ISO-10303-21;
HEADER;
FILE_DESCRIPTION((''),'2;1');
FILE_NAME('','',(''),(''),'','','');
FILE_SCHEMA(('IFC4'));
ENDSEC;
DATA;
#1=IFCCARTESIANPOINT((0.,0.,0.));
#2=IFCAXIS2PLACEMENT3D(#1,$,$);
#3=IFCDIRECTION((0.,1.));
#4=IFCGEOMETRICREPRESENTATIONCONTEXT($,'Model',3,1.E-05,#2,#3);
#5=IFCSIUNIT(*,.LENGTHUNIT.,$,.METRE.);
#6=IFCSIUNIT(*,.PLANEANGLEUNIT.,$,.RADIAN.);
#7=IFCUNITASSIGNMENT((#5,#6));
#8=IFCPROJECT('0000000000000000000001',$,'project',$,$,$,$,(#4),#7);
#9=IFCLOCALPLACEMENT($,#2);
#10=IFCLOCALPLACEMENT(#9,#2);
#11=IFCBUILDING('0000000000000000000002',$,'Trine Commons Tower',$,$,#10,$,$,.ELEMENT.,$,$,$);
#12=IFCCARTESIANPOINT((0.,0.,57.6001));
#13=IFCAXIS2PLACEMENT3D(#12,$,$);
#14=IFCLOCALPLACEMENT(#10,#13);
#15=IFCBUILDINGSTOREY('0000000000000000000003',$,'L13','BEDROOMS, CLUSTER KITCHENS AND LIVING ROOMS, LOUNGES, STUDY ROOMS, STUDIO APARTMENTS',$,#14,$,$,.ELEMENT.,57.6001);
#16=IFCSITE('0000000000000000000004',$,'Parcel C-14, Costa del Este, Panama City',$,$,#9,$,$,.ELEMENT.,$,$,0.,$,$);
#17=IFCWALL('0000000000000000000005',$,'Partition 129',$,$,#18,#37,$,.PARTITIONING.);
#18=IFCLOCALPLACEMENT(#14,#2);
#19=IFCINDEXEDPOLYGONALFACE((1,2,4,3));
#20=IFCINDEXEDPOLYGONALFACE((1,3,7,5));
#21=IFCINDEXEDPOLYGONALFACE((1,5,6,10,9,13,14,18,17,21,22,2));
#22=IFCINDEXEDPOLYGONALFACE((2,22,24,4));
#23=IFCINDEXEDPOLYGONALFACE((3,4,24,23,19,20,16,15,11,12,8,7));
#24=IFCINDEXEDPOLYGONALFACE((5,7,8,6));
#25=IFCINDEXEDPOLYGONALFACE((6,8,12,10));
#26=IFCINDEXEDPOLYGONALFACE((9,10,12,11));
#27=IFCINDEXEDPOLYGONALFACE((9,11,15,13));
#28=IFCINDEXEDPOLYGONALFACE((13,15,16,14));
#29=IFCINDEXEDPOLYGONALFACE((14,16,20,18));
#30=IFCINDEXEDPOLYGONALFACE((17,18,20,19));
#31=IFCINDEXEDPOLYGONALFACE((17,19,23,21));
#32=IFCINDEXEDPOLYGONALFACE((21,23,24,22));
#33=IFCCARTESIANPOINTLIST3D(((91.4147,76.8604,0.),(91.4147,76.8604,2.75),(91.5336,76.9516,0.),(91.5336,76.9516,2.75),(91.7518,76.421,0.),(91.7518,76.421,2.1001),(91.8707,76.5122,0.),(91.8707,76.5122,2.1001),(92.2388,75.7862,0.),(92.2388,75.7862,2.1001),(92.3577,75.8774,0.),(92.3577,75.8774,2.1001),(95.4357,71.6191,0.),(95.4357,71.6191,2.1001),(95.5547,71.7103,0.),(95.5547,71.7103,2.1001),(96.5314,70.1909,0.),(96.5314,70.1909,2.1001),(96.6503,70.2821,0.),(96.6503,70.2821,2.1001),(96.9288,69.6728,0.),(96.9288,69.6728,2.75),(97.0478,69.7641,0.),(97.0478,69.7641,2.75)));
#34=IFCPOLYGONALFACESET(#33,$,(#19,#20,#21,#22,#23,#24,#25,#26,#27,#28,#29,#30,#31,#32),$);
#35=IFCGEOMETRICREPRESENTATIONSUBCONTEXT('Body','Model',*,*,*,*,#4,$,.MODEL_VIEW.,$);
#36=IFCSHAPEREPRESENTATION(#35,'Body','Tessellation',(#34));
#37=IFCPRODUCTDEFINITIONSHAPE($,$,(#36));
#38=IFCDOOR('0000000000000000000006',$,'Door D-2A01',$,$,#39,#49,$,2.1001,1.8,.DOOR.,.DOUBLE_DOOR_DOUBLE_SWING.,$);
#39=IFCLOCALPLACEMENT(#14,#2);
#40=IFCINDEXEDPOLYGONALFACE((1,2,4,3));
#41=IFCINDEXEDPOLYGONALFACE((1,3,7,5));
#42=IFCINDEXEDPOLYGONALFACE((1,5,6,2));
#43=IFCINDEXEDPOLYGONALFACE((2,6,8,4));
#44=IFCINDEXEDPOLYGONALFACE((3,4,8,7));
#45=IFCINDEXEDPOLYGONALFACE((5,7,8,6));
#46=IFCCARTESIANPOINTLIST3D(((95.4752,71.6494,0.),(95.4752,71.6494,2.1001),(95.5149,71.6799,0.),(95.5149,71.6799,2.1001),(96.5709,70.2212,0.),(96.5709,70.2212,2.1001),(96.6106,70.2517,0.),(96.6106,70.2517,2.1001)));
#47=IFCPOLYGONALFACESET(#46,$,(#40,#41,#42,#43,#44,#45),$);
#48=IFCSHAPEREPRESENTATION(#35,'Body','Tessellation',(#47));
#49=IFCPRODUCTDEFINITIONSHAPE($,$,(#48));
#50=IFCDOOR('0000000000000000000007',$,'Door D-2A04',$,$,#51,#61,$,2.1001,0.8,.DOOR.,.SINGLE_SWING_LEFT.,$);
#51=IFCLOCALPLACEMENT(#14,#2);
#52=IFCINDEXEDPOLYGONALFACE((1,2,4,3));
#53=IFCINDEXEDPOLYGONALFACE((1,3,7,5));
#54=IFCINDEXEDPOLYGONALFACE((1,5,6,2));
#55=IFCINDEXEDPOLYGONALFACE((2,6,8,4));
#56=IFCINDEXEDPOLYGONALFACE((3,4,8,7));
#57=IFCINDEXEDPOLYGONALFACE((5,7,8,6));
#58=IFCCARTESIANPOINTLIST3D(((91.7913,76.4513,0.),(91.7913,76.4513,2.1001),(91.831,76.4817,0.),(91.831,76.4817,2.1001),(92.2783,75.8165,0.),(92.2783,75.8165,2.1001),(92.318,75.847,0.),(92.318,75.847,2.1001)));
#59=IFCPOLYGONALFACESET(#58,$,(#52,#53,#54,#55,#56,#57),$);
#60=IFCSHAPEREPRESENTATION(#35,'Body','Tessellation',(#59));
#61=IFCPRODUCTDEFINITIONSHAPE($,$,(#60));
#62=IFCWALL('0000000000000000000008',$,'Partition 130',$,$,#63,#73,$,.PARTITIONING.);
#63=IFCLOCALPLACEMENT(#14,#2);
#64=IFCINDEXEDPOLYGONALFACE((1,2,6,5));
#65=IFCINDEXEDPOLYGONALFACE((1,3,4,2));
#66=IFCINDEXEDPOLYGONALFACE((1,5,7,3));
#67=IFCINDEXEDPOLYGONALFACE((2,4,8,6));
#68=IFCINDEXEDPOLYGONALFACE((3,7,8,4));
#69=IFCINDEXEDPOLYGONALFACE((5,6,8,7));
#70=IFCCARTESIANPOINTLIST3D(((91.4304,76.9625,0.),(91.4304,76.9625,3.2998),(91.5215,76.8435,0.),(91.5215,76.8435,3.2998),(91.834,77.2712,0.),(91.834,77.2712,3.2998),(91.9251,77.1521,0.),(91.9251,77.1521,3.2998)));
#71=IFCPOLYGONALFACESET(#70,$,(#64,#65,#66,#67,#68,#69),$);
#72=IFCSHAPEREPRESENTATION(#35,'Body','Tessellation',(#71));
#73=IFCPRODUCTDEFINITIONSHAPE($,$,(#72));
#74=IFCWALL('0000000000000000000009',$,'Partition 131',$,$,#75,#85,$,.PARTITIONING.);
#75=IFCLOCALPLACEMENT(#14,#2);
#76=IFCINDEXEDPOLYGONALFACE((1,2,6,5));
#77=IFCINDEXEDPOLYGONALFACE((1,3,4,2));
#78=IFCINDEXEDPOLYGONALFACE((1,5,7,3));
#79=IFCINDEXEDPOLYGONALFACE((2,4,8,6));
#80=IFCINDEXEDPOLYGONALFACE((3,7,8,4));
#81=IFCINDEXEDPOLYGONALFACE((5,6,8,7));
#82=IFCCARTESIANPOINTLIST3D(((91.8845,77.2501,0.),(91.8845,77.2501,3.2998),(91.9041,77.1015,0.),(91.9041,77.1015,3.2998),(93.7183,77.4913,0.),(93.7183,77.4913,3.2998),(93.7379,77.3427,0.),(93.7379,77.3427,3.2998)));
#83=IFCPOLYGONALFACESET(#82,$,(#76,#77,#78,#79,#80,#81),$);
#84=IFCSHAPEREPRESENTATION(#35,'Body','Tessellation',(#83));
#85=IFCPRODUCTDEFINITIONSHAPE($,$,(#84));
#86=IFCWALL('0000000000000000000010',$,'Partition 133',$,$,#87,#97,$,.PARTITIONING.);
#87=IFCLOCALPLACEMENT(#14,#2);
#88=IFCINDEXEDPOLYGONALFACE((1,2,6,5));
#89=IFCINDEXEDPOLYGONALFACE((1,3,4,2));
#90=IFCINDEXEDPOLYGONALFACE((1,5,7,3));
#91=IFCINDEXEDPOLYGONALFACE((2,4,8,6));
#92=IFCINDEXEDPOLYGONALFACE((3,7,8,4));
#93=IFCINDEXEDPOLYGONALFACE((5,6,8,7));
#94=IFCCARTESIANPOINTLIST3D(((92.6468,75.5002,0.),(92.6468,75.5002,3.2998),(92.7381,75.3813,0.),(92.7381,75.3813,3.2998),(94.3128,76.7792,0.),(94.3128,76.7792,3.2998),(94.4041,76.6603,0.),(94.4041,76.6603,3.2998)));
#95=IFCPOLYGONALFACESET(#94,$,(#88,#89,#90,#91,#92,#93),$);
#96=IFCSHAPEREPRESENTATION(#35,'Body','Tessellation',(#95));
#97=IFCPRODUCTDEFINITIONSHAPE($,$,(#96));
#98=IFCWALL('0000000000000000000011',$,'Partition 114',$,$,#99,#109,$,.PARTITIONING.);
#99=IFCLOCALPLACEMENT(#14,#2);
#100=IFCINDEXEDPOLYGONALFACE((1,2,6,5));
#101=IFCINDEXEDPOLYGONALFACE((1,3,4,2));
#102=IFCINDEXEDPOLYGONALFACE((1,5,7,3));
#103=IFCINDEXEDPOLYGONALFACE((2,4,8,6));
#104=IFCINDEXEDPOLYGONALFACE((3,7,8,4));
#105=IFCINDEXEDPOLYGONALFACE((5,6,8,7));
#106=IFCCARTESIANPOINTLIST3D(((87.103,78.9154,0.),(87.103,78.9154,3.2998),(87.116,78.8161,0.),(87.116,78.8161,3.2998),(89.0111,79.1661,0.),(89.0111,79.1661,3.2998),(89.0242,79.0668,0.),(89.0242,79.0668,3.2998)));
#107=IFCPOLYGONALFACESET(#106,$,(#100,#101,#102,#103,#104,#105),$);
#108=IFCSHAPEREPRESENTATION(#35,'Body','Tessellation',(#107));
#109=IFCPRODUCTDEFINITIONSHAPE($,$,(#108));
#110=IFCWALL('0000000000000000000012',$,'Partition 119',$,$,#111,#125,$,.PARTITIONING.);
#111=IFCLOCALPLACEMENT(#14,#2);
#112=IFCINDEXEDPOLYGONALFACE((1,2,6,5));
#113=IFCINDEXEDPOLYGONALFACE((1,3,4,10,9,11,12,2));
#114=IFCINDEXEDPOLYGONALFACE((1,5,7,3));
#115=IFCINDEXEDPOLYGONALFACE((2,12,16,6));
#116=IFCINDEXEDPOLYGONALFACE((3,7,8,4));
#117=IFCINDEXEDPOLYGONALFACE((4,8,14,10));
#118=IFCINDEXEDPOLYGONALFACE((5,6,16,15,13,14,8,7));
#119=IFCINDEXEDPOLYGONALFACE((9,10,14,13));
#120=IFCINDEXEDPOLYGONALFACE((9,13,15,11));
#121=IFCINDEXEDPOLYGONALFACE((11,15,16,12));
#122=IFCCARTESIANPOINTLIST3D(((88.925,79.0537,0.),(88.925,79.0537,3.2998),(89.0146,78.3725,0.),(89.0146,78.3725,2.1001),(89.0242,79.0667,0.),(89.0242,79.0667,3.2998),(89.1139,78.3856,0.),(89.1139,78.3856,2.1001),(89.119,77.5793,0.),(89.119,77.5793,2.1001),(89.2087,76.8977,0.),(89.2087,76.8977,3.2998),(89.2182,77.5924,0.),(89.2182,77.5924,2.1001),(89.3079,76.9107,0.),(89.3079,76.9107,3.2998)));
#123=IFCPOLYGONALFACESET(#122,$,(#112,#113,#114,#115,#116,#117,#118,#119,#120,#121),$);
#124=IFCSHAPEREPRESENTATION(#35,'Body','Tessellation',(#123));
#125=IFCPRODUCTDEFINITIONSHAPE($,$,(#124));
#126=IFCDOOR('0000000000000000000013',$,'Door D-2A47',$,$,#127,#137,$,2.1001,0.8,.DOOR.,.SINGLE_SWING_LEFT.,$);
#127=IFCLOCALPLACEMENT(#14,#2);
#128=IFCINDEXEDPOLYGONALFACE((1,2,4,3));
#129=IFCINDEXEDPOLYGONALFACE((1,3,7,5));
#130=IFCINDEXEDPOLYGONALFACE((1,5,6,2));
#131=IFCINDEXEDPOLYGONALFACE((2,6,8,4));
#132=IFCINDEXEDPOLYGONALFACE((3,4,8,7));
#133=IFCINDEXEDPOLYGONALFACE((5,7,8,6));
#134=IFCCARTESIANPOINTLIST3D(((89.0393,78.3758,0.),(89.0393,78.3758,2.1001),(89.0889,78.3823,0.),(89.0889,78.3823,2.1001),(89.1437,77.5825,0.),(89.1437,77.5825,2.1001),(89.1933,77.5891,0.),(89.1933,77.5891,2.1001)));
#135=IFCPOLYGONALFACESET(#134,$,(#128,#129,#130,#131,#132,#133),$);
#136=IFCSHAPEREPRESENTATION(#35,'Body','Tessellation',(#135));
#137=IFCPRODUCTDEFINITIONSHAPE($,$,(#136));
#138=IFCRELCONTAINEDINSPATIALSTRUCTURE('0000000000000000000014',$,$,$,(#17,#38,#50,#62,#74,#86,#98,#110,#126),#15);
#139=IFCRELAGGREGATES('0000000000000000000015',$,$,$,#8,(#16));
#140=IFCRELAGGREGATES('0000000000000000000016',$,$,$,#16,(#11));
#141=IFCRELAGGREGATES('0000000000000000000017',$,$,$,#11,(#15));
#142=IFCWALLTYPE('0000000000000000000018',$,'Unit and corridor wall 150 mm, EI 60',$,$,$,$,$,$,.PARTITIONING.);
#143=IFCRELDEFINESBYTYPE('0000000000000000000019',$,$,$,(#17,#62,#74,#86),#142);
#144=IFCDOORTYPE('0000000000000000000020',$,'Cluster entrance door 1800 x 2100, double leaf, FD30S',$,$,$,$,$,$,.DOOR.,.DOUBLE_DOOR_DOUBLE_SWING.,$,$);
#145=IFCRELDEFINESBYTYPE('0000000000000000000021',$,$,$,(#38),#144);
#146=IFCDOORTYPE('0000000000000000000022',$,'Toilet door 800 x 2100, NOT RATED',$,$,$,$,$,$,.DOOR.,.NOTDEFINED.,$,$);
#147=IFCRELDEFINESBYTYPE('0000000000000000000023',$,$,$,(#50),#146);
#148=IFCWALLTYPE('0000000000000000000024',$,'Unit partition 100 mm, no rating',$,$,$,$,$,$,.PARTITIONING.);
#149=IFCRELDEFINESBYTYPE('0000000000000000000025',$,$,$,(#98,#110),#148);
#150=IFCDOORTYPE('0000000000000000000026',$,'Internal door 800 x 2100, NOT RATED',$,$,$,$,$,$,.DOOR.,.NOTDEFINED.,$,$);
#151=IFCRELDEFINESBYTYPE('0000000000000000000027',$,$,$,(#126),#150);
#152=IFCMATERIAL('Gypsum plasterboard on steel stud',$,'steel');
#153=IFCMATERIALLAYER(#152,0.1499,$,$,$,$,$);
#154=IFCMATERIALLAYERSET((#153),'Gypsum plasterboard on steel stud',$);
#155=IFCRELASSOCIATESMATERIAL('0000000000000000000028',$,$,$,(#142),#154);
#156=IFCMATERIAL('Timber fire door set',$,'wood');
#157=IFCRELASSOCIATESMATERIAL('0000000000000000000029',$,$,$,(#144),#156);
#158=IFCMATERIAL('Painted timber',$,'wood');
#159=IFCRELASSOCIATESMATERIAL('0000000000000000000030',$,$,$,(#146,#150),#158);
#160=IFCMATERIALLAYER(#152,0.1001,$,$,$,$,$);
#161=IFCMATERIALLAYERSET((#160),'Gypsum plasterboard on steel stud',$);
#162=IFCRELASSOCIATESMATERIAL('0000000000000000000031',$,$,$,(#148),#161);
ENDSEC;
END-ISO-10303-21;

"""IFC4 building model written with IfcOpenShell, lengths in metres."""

from ifc_helpers import new_model, si_unit, direction, frame, frame_2d, origin, place, context, subcontext, project, spatial, rectangle, extrude, material, layer, layer_set, type_object, element, fill, save


model = new_model("IFC4")

# Units and contexts
model_context = context("Model", 3, precision=1e-05, world=origin(), true_north=direction((0.0, 1.0)))
body_context = subcontext(model_context, "Body", "Model", "MODEL_VIEW")
ifc_project = project(units=[si_unit("LENGTHUNIT", "METRE"), si_unit("PLANEANGLEUNIT", "RADIAN")], contexts=[model_context])

# Site, building, storey
site_placement = place(None, origin())
site = spatial("IfcSite", under=ifc_project, at=site_placement, Name="Parcel C-14, Costa del Este, Panama City", CompositionType="ELEMENT", RefElevation=0.0)
building_placement = place(site_placement, origin())
building = spatial("IfcBuilding", under=site, at=building_placement, Name="Trine Commons Tower", CompositionType="ELEMENT")
storey_placement = place(building_placement, frame((0.0, 0.0, 57.6001)))
storey = spatial("IfcBuildingStorey", under=building, at=storey_placement, Name="L13", Description="BEDROOMS, CLUSTER KITCHENS AND LIVING ROOMS, LOUNGES, STUDY ROOMS, STUDIO APARTMENTS", CompositionType="ELEMENT", Elevation=57.6001)

# Shared definitions
ifc_material_1 = material(Name="Gypsum plasterboard on steel stud", Category="steel")
ifc_layer_1 = layer(ifc_material_1, 0.1499)
ifc_layer_set_1 = layer_set([ifc_layer_1], Name="Gypsum plasterboard on steel stud")
wall_type_1 = type_object("IfcWallType", Name="Unit and corridor wall 150 mm, EI 60", PredefinedType="PARTITIONING", material=ifc_layer_set_1)

# Shared definitions
ifc_material_2 = material(Name="Timber fire door set", Category="wood")

# Wall, openings, doors
wall_1_placement = place(storey_placement, frame((91.4741, 76.906, 0.0), z_axis=(0.0, 0.0, 1.0), x_axis=(0.608692, -0.793407, 0.0)))
wall_1 = element("IfcWall", 1, at=wall_1_placement, inside=storey, type_object=wall_type_1, Name="Partition 129", PredefinedType="PARTITIONING", context=body_context, shape_type="SweptSolid", body=[
    extrude(rectangle(XDim=9.0591, YDim=0.1499, at=frame_2d((4.5295, 0.0))), origin(), (0.0, 0.0, 1.0), 2.75),
])
opening_1_placement = place(wall_1_placement, frame((6.6062, 0.0, 0.0)))
opening_1 = element("IfcOpeningElement", 2, at=opening_1_placement, cuts=wall_1, PredefinedType="OPENING", context=body_context, shape_type="SweptSolid", body=[
    extrude(rectangle(XDim=1.8, YDim=2.1001, at=frame_2d((0.8999, 1.05))), frame((0.0, 0.085, 0.0), z_axis=(0.0, -1.0, 0.0), x_axis=(1.0, 0.0, 0.0)), (0.0, 0.0, 1.0), 0.1699),
])
opening_2_placement = place(wall_1_placement, frame((0.554, 0.0, 0.0)))
opening_2 = element("IfcOpeningElement", 3, at=opening_2_placement, cuts=wall_1, PredefinedType="OPENING", context=body_context, shape_type="SweptSolid", body=[
    extrude(rectangle(XDim=0.8, YDim=2.1001, at=frame_2d((0.3999, 1.05))), frame((0.0, 0.085, 0.0), z_axis=(0.0, -1.0, 0.0), x_axis=(1.0, 0.0, 0.0)), (0.0, 0.0, 1.0), 0.1699),
])
door_type_1 = type_object("IfcDoorType", Name="Cluster entrance door 1800 x 2100, double leaf, FD30S", OperationType="DOUBLE_DOOR_DOUBLE_SWING", PredefinedType="DOOR", material=ifc_material_2)
door_1_placement = place(opening_1_placement, origin())
door_1 = element("IfcDoor", 4, at=door_1_placement, inside=storey, type_object=door_type_1, Name="Door D-2A01", OperationType="DOUBLE_DOOR_DOUBLE_SWING", OverallHeight=2.1001, OverallWidth=1.8, PredefinedType="DOOR", context=body_context, shape_type="SweptSolid", body=[
    extrude(rectangle(XDim=1.8, YDim=2.1001, at=frame_2d((0.8999, 1.05))), frame((0.0, 0.0249, 0.0), z_axis=(0.0, -1.0, 0.0), x_axis=(1.0, 0.0, 0.0)), (0.0, 0.0, 1.0), 0.05),
])
fill(opening_1, door_1)
ifc_material_3 = material(Name="Painted timber", Category="wood")
door_type_2 = type_object("IfcDoorType", Name="Toilet door 800 x 2100, NOT RATED", OperationType="NOTDEFINED", PredefinedType="DOOR", material=ifc_material_3)
door_2_placement = place(opening_2_placement, origin())
door_2 = element("IfcDoor", 5, at=door_2_placement, inside=storey, type_object=door_type_2, Name="Door D-2A04", OperationType="SINGLE_SWING_LEFT", OverallHeight=2.1001, OverallWidth=0.8, PredefinedType="DOOR", context=body_context, shape_type="SweptSolid", body=[
    extrude(rectangle(XDim=0.8, YDim=2.1001, at=frame_2d((0.3999, 1.05))), frame((0.0, 0.0249, 0.0), z_axis=(0.0, -1.0, 0.0), x_axis=(1.0, 0.0, 0.0)), (0.0, 0.0, 1.0), 0.05),
])
fill(opening_2, door_2)

# Walls
wall_2_placement = place(storey_placement, frame((91.4761, 76.9031, 0.0), z_axis=(0.0, 0.0, 1.0), x_axis=(0.794371, 0.607432, 0.0)))
element("IfcWall", 6, at=wall_2_placement, inside=storey, type_object=wall_type_1, Name="Partition 130", PredefinedType="PARTITIONING", context=body_context, shape_type="SweptSolid", body=[
    extrude(rectangle(XDim=0.5081, YDim=0.1499, at=frame_2d((0.2539, 0.0))), origin(), (0.0, 0.0, 1.0), 3.2998),
])
wall_3_placement = place(storey_placement, frame((91.8943, 77.1758, 0.0), z_axis=(0.0, 0.0, 1.0), x_axis=(0.991459, 0.130417, 0.0)))
element("IfcWall", 7, at=wall_3_placement, inside=storey, type_object=wall_type_1, Name="Partition 131", PredefinedType="PARTITIONING", context=body_context, shape_type="SweptSolid", body=[
    extrude(rectangle(XDim=1.8496, YDim=0.1499, at=frame_2d((0.9248, 0.0))), origin(), (0.0, 0.0, 1.0), 3.2998),
])
wall_4_placement = place(storey_placement, frame((92.6924, 75.4407, 0.0), z_axis=(0.0, 0.0, 1.0), x_axis=(0.793198, 0.608963, 0.0)))
element("IfcWall", 8, at=wall_4_placement, inside=storey, type_object=wall_type_1, Name="Partition 133", PredefinedType="PARTITIONING", context=body_context, shape_type="SweptSolid", body=[
    extrude(rectangle(XDim=2.1003, YDim=0.1499, at=frame_2d((1.0503, 0.0))), origin(), (0.0, 0.0, 1.0), 3.2998),
])
ifc_layer_2 = layer(ifc_material_1, 0.1001)
ifc_layer_set_2 = layer_set([ifc_layer_2], Name="Gypsum plasterboard on steel stud")
wall_type_2 = type_object("IfcWallType", Name="Unit partition 100 mm, no rating", PredefinedType="PARTITIONING", material=ifc_layer_set_2)
wall_5_placement = place(storey_placement, frame((87.1094, 78.8657, 0.0), z_axis=(0.0, 0.0, 1.0), x_axis=(0.991478, 0.130277, 0.0)))
element("IfcWall", 9, at=wall_5_placement, inside=storey, type_object=wall_type_2, Name="Partition 114", PredefinedType="PARTITIONING", context=body_context, shape_type="SweptSolid", body=[
    extrude(rectangle(XDim=1.9246, YDim=0.1001, at=frame_2d((0.9624, 0.0))), origin(), (0.0, 0.0, 1.0), 3.2998),
])

# Wall, opening, door
wall_6_placement = place(storey_placement, frame((88.9746, 79.0603, 0.0), z_axis=(0.0, 0.0, 1.0), x_axis=(0.130457, -0.991454, 0.0)))
wall_6 = element("IfcWall", 10, at=wall_6_placement, inside=storey, type_object=wall_type_2, Name="Partition 119", PredefinedType="PARTITIONING", context=body_context, shape_type="SweptSolid", body=[
    extrude(rectangle(XDim=2.1746, YDim=0.1001, at=frame_2d((1.0874, 0.0))), origin(), (0.0, 0.0, 1.0), 3.2998),
])
opening_3_placement = place(wall_6_placement, frame((0.6873, 0.0, 0.0)))
opening_3 = element("IfcOpeningElement", 11, at=opening_3_placement, cuts=wall_6, PredefinedType="OPENING", context=body_context, shape_type="SweptSolid", body=[
    extrude(rectangle(XDim=0.8, YDim=2.1001, at=frame_2d((0.3999, 1.05))), frame((0.0, 0.0601, 0.0), z_axis=(0.0, -1.0, 0.0), x_axis=(1.0, 0.0, 0.0)), (0.0, 0.0, 1.0), 0.1201),
])
door_type_3 = type_object("IfcDoorType", Name="Internal door 800 x 2100, NOT RATED", OperationType="NOTDEFINED", PredefinedType="DOOR", material=ifc_material_3)
door_3_placement = place(opening_3_placement, origin())
door_3 = element("IfcDoor", 12, at=door_3_placement, inside=storey, type_object=door_type_3, Name="Door D-2A47", OperationType="SINGLE_SWING_LEFT", OverallHeight=2.1001, OverallWidth=0.8, PredefinedType="DOOR", context=body_context, shape_type="SweptSolid", body=[
    extrude(rectangle(XDim=0.8, YDim=2.1001, at=frame_2d((0.3999, 1.05))), frame((0.0, 0.0249, 0.0), z_axis=(0.0, -1.0, 0.0), x_axis=(1.0, 0.0, 0.0)), (0.0, 0.0, 1.0), 0.05),
])
fill(opening_3, door_3)

save(model, "model.ifc")
